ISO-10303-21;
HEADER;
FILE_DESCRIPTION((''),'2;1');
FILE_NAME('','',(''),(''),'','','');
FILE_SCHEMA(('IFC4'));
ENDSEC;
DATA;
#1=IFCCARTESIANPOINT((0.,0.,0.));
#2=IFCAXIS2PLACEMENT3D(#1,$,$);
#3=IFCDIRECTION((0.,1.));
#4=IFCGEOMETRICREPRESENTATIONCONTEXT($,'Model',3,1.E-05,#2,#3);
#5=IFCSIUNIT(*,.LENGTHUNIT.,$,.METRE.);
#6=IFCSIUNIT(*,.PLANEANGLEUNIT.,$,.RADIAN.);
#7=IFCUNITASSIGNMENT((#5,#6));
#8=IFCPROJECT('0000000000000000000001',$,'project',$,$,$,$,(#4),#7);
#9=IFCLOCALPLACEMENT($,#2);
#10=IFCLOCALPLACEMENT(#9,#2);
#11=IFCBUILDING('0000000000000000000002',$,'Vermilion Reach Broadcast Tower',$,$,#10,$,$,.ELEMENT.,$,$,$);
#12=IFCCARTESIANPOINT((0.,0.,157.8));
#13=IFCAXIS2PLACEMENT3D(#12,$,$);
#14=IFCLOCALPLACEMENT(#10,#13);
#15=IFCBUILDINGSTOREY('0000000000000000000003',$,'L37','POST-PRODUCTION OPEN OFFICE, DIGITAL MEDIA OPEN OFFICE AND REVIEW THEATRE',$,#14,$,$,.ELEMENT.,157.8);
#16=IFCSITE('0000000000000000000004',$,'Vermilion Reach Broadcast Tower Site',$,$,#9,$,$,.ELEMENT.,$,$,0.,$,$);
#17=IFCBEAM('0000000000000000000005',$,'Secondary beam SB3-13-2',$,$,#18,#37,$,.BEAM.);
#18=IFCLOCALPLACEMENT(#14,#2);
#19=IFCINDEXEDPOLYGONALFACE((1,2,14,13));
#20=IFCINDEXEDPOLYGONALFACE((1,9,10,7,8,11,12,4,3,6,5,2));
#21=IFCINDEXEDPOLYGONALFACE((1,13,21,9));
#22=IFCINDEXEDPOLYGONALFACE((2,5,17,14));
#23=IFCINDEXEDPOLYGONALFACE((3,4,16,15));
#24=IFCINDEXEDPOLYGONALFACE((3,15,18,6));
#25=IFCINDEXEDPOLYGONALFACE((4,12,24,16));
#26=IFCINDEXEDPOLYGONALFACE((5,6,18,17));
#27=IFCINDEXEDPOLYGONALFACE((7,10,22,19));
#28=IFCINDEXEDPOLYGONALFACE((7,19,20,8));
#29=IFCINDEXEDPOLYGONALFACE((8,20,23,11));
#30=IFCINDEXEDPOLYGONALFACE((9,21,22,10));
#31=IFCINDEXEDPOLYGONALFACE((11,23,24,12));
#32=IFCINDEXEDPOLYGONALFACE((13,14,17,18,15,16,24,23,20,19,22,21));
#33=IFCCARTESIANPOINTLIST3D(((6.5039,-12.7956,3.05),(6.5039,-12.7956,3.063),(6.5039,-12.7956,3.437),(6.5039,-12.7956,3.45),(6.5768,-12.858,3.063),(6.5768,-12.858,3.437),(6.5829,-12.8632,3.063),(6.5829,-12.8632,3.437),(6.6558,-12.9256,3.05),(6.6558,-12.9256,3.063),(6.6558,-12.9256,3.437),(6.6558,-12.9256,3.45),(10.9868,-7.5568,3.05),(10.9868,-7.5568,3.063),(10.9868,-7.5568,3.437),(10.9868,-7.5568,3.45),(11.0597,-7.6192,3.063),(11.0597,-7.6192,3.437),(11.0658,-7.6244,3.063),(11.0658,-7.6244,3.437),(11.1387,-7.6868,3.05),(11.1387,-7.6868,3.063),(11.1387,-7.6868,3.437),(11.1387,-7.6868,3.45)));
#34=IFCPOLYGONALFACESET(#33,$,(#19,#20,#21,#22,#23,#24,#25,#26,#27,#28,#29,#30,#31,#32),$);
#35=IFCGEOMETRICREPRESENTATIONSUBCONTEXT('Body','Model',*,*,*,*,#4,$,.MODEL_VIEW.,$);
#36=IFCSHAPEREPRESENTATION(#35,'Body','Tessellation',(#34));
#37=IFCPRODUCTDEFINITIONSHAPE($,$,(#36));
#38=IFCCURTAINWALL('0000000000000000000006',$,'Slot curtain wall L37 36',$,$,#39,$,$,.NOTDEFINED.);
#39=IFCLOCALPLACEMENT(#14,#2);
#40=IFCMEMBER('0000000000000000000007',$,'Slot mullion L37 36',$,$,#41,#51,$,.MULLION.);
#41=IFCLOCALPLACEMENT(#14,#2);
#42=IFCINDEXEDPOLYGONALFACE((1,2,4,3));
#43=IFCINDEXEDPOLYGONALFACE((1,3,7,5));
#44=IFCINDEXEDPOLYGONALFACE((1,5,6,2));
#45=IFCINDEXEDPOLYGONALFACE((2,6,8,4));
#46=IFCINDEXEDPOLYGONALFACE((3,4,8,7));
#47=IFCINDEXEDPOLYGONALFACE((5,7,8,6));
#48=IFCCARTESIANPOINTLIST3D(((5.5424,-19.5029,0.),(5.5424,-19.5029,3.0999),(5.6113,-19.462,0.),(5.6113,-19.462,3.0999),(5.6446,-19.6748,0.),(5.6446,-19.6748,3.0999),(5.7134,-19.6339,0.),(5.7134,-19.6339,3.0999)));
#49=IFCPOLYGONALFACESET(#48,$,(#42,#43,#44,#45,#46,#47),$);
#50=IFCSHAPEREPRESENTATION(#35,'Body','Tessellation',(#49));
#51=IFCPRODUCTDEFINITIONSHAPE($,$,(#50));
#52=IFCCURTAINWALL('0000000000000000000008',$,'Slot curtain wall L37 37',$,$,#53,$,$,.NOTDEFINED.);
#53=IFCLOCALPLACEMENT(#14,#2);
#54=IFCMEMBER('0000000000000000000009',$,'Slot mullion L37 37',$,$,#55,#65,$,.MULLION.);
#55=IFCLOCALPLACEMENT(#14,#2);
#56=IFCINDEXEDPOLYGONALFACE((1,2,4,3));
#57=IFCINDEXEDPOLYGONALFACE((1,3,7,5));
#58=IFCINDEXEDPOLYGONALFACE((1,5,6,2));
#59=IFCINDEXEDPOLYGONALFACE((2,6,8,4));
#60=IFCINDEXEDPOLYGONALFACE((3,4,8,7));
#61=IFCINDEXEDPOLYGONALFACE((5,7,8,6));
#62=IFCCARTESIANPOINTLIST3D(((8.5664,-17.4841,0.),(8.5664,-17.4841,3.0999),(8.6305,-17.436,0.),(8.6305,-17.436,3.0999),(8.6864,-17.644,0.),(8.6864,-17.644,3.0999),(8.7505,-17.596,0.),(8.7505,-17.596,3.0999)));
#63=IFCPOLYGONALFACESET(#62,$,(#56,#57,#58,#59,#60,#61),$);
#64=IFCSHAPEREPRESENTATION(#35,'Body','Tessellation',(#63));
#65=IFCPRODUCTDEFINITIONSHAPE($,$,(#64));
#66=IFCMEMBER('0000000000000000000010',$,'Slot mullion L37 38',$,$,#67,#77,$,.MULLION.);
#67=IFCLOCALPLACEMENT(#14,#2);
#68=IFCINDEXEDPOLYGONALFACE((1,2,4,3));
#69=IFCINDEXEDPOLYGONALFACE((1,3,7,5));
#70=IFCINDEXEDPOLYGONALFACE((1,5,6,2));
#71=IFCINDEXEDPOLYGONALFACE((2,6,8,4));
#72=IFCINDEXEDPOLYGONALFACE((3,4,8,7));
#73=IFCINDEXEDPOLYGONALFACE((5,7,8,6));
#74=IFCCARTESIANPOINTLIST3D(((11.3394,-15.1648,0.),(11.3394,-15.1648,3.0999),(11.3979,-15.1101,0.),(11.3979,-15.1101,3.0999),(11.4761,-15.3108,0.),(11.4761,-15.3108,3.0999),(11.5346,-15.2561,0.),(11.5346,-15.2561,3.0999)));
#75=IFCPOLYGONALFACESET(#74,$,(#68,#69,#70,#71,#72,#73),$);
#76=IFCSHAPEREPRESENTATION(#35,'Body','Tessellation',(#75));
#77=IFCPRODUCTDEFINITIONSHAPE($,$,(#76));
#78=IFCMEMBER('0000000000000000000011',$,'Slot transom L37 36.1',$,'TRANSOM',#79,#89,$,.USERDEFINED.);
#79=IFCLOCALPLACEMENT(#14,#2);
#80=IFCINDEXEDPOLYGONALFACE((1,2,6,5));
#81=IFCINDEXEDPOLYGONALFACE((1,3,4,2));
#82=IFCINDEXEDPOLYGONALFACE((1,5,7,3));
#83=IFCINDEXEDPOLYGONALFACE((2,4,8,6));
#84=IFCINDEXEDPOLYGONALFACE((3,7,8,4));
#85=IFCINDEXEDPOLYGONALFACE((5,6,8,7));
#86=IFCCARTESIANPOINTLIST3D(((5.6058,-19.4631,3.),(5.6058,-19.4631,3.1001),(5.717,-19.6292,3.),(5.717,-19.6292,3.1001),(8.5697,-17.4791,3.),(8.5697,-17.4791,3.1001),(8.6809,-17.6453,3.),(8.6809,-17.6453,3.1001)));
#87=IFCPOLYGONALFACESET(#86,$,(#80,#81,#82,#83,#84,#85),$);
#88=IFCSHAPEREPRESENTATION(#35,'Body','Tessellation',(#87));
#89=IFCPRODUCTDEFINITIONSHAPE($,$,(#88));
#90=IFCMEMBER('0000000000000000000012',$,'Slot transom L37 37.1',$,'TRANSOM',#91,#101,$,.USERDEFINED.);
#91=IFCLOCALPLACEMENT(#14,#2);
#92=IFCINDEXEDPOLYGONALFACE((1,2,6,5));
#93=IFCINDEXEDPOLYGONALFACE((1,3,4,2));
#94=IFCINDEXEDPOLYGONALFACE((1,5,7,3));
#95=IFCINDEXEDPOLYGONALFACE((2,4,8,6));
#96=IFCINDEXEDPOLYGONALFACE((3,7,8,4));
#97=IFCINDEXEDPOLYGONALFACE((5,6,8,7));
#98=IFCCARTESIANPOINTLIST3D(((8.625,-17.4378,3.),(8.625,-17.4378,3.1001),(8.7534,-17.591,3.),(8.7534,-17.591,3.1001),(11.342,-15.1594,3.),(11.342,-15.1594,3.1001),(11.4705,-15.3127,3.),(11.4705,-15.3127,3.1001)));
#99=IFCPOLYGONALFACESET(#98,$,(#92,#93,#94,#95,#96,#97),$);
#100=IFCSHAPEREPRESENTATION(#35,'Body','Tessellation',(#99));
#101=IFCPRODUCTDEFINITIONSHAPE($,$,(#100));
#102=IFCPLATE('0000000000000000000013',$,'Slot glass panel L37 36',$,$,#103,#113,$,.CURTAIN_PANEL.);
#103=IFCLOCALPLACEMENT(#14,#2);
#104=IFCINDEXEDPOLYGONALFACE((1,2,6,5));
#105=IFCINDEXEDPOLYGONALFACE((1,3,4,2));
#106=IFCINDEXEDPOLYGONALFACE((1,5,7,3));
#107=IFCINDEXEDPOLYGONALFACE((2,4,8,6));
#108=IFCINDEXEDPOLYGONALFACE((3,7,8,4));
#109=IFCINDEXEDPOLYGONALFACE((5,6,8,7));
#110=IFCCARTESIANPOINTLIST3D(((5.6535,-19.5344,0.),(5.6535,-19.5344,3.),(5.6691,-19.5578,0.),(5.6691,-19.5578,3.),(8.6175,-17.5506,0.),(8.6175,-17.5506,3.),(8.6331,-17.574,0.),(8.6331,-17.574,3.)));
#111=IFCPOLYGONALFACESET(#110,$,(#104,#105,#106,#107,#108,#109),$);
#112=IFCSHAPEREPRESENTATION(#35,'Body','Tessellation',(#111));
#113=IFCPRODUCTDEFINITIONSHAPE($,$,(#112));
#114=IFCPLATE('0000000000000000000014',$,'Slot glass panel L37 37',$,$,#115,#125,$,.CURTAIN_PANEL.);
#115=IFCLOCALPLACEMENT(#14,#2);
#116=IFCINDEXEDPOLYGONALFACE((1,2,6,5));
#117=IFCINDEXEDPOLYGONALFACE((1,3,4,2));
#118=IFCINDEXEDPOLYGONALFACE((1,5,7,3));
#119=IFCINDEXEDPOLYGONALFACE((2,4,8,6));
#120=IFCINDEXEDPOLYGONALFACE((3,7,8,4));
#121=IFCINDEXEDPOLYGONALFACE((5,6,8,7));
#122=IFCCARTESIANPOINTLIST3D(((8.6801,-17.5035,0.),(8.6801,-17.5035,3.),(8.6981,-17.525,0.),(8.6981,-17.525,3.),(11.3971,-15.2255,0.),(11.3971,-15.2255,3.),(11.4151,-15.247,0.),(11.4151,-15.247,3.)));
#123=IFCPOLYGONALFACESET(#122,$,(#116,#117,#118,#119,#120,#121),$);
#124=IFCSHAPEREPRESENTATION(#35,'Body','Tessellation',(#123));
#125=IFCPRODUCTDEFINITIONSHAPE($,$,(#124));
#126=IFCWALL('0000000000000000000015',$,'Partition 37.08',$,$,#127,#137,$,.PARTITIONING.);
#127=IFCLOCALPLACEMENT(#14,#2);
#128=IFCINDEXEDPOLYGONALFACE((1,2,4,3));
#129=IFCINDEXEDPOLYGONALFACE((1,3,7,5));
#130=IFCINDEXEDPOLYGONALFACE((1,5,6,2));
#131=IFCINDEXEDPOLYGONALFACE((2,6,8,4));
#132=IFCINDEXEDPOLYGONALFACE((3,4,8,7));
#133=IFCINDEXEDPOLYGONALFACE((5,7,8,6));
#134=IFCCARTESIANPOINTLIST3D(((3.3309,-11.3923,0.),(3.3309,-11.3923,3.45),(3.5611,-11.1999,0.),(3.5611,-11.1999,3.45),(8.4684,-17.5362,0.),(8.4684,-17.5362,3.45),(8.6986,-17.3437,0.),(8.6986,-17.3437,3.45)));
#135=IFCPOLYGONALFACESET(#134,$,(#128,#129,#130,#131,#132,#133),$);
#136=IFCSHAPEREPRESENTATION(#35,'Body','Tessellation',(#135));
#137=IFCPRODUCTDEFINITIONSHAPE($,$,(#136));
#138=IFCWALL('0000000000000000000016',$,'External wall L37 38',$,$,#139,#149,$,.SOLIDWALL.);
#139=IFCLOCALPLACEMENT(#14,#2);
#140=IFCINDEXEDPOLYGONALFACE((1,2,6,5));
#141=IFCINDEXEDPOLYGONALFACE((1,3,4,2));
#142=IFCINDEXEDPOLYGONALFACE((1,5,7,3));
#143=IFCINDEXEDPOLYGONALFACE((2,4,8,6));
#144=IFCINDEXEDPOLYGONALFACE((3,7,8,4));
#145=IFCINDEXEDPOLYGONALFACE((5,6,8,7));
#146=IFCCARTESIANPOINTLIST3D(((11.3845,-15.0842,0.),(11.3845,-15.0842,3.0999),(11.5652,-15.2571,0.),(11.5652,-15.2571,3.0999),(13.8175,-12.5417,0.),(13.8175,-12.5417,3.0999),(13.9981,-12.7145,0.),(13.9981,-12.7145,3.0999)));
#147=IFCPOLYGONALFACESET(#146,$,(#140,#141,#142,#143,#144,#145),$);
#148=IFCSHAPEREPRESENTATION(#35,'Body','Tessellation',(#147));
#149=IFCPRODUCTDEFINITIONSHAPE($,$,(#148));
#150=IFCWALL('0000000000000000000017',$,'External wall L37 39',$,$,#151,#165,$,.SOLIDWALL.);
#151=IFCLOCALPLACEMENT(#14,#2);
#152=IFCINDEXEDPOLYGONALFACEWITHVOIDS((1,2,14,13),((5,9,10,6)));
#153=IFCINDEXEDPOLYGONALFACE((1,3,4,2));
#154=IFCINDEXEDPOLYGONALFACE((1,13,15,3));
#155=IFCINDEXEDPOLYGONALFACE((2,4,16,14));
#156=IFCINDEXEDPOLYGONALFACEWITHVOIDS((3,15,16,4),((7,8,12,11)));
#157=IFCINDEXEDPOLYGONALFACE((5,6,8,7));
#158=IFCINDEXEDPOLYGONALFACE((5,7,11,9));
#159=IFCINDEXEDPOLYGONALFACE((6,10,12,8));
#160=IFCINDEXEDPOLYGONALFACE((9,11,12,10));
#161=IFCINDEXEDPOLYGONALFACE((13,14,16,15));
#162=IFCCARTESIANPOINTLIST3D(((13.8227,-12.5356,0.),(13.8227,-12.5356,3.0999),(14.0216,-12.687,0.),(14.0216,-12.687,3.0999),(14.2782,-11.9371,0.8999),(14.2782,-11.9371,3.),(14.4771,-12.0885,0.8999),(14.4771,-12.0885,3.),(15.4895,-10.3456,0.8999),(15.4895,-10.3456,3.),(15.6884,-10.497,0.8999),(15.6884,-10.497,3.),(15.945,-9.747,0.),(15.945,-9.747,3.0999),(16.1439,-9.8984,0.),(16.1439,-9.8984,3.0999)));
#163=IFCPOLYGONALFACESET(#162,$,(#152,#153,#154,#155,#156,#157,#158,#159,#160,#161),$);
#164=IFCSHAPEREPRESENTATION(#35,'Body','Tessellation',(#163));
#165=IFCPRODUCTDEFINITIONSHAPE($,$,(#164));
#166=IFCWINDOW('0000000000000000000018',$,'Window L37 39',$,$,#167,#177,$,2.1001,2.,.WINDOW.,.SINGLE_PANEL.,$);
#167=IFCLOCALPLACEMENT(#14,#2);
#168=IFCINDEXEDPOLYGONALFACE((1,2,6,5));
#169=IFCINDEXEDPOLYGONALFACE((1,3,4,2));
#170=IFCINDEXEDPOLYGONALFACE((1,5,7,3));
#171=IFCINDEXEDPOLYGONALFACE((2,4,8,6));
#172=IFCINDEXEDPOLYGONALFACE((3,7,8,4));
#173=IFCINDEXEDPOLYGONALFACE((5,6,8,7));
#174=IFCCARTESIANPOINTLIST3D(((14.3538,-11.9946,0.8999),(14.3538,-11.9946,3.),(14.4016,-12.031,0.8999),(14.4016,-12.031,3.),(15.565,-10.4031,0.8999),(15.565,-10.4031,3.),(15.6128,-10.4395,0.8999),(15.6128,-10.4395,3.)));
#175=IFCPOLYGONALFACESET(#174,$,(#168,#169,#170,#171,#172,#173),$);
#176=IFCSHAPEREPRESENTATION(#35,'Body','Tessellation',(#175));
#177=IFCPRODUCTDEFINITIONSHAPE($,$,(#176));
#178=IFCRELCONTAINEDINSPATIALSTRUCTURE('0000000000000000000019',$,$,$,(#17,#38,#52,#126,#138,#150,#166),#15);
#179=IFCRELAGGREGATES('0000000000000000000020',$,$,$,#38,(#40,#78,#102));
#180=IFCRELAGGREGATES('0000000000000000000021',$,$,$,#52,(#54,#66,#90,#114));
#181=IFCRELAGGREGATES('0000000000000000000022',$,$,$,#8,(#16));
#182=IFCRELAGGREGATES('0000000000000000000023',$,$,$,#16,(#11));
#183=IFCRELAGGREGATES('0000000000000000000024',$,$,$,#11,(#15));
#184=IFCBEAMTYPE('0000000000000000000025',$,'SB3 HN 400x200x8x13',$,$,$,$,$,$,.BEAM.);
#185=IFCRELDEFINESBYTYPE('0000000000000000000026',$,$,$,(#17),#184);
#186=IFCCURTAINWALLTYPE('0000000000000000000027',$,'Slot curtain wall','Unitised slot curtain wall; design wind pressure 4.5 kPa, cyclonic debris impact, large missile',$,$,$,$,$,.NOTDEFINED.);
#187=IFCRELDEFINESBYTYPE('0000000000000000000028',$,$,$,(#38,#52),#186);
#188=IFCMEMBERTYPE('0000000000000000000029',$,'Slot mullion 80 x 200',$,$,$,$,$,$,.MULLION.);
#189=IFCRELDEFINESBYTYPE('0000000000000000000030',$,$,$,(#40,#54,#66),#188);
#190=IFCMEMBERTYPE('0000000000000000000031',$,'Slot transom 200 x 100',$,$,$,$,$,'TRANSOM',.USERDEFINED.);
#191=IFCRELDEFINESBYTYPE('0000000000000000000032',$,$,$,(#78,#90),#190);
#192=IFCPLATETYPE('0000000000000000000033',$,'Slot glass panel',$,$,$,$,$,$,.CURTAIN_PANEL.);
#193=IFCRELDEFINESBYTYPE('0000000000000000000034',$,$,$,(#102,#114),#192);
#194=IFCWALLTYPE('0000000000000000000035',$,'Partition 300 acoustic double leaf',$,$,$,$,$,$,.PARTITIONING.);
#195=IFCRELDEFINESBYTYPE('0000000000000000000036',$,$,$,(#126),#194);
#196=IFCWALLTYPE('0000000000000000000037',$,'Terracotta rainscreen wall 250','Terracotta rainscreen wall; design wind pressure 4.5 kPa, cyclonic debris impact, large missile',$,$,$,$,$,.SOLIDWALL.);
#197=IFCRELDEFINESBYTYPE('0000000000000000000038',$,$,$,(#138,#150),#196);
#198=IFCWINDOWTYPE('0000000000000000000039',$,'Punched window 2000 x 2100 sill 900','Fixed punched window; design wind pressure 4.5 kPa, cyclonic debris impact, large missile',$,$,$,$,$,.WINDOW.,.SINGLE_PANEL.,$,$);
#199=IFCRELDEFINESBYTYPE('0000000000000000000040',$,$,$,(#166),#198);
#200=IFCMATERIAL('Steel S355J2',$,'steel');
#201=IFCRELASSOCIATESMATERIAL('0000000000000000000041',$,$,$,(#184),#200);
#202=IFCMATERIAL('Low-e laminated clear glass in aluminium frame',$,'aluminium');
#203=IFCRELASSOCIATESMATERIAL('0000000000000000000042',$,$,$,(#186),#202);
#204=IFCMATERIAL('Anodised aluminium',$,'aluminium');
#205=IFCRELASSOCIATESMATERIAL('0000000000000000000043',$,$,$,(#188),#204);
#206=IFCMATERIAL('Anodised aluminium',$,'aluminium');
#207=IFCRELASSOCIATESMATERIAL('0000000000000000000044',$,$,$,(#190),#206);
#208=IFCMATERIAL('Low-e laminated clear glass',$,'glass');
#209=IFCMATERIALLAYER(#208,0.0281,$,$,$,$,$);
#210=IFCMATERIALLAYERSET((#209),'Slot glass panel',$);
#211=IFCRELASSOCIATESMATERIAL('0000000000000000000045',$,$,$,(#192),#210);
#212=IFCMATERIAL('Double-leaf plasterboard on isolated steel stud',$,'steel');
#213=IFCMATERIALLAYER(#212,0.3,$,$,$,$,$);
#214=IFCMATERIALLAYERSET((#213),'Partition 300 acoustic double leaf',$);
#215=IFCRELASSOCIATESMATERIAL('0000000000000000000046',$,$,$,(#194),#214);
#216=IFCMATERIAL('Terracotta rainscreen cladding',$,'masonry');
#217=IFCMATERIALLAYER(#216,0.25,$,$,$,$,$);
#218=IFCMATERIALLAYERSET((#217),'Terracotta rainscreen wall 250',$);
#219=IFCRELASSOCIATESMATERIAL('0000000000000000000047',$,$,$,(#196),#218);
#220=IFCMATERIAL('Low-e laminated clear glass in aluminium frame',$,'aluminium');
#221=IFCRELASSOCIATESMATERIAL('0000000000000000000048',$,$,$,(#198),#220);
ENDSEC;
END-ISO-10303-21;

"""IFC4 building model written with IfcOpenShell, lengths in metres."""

from ifc_helpers import new_model, si_unit, direction, frame, frame_2d, origin, origin_2d, place, context, subcontext, project, spatial, rectangle, i_section, extrude, material, layer, layer_set, material_profile, profile_set, type_object, element, fill, aggregate, save


model = new_model("IFC4")

# Units and contexts
model_context = context("Model", 3, precision=1e-05, world=origin(), true_north=direction((0.0, 1.0)))
body_context = subcontext(model_context, "Body", "Model", "MODEL_VIEW")
ifc_project = project(units=[si_unit("LENGTHUNIT", "METRE"), si_unit("PLANEANGLEUNIT", "RADIAN")], contexts=[model_context])

# Site, building, storey
site_placement = place(None, origin())
site = spatial("IfcSite", under=ifc_project, at=site_placement, Name="Vermilion Reach Broadcast Tower Site", CompositionType="ELEMENT", RefElevation=0.0)
building_placement = place(site_placement, origin())
building = spatial("IfcBuilding", under=site, at=building_placement, Name="Vermilion Reach Broadcast Tower", CompositionType="ELEMENT")
storey_placement = place(building_placement, frame((0.0, 0.0, 157.8)))
storey = spatial("IfcBuildingStorey", under=building, at=storey_placement, Name="L37", Description="POST-PRODUCTION OPEN OFFICE, DIGITAL MEDIA OPEN OFFICE AND REVIEW THEATRE", CompositionType="ELEMENT", Elevation=157.8)

# Beam
ifc_material_1 = material(Name="Steel S355J2", Category="steel")
ifc_material_profile_1 = material_profile(ifc_material_1, i_section(OverallWidth=0.2, OverallDepth=0.3999, WebThickness=0.0081, FlangeThickness=0.0129, at=origin_2d()), Name="S355J2 HN 400x200x8x13")
ifc_profile_set_1 = profile_set([ifc_material_profile_1], Name="Steel S355J2")
beam_type_1 = type_object("IfcBeamType", Name="SB3 HN 400x200x8x13", PredefinedType="BEAM", material=ifc_profile_set_1)
beam_1_placement = place(storey_placement, frame((6.5798, -12.8606, 3.25), z_axis=(0.650167, 0.759791, 0.0), x_axis=(-0.759791, 0.650167, 0.0)))
element("IfcBeam", 1, at=beam_1_placement, inside=storey, type_object=beam_type_1, Name="Secondary beam SB3-13-2", PredefinedType="BEAM", context=body_context, shape_type="SweptSolid", body=[
    extrude(i_section(OverallWidth=0.2, OverallDepth=0.3999, WebThickness=0.0081, FlangeThickness=0.0129, at=origin_2d()), origin(), (0.0, 0.0, 1.0), 6.895),
])

# Curtain wall, member
ifc_material_2 = material(Name="Low-e laminated clear glass in aluminium frame", Category="aluminium")
curtain_wall_type = type_object("IfcCurtainWallType", Name="Slot curtain wall", Description="Unitised slot curtain wall; design wind pressure 4.5 kPa, cyclonic debris impact, large missile", PredefinedType="NOTDEFINED", material=ifc_material_2)
placement = place(storey_placement, origin())
curtain_wall_1 = element("IfcCurtainWall", 2, at=placement, inside=storey, type_object=curtain_wall_type, Name="Slot curtain wall L37 36", PredefinedType="NOTDEFINED")
ifc_material_3 = material(Name="Anodised aluminium", Category="aluminium")
ifc_material_profile_2 = material_profile(ifc_material_3, rectangle(XDim=0.2, YDim=0.0801, at=origin_2d()), Name="Slot mullion 80 x 200")
ifc_profile_set_2 = profile_set([ifc_material_profile_2], Name="Anodised aluminium")
member_type_1 = type_object("IfcMemberType", Name="Slot mullion 80 x 200", PredefinedType="MULLION", material=ifc_profile_set_2)
member_1_placement = place(storey_placement, frame((5.6279, -19.5684, 0.0), z_axis=(0.0, 0.0, 1.0), x_axis=(-0.510843, 0.859674, 0.0)))
member_1 = element("IfcMember", 3, at=member_1_placement, type_object=member_type_1, Name="Slot mullion L37 36", PredefinedType="MULLION", context=body_context, shape_type="SweptSolid", body=[
    extrude(rectangle(XDim=0.2, YDim=0.0801, at=origin_2d()), origin(), (0.0, 0.0, 1.0), 3.0999),
])

# Curtain wall, members
curtain_wall_2 = element("IfcCurtainWall", 4, at=placement, inside=storey, type_object=curtain_wall_type, Name="Slot curtain wall L37 37", PredefinedType="NOTDEFINED")
member_2_placement = place(storey_placement, frame((8.6584, -17.54, 0.0), z_axis=(0.0, 0.0, 1.0), x_axis=(-0.600224, 0.799832, 0.0)))
member_2 = element("IfcMember", 5, at=member_2_placement, type_object=member_type_1, Name="Slot mullion L37 37", PredefinedType="MULLION", context=body_context, shape_type="SweptSolid", body=[
    extrude(rectangle(XDim=0.2, YDim=0.0801, at=origin_2d()), origin(), (0.0, 0.0, 1.0), 3.0999),
])
member_3_placement = place(storey_placement, frame((11.437, -15.2104, 0.0), z_axis=(0.0, 0.0, 1.0), x_axis=(-0.683541, 0.729912, 0.0)))
member_3 = element("IfcMember", 6, at=member_3_placement, type_object=member_type_1, Name="Slot mullion L37 38", PredefinedType="MULLION", context=body_context, shape_type="SweptSolid", body=[
    extrude(rectangle(XDim=0.2, YDim=0.0801, at=origin_2d()), origin(), (0.0, 0.0, 1.0), 3.0999),
])

# Members
ifc_material_4 = material(Name="Anodised aluminium", Category="aluminium")
ifc_material_profile_3 = material_profile(ifc_material_4, rectangle(XDim=0.2, YDim=0.1001, at=origin_2d()), Name="Slot transom 200 x 100")
ifc_profile_set_3 = profile_set([ifc_material_profile_3], Name="Anodised aluminium")
member_type_2 = type_object("IfcMemberType", Name="Slot transom 200 x 100", ElementType="TRANSOM", PredefinedType="USERDEFINED", material=ifc_profile_set_3)
member_4_placement = place(storey_placement, frame((5.6614, -19.5461, 3.05), z_axis=(0.831017, 0.556247, 0.0), x_axis=(-0.556247, 0.831017, 0.0)))
member_4 = element("IfcMember", 7, at=member_4_placement, type_object=member_type_2, Name="Slot transom L37 36.1", ObjectType="TRANSOM", PredefinedType="USERDEFINED", context=body_context, shape_type="SweptSolid", body=[
    extrude(rectangle(XDim=0.2, YDim=0.1001, at=origin_2d()), origin(), (0.0, 0.0, 1.0), 3.5667),
])
member_5_placement = place(storey_placement, frame((8.6892, -17.5144, 3.05), z_axis=(0.766259, 0.642531, 0.0), x_axis=(-0.642531, 0.766259, 0.0)))
member_5 = element("IfcMember", 8, at=member_5_placement, type_object=member_type_2, Name="Slot transom L37 37.1", ObjectType="TRANSOM", PredefinedType="USERDEFINED", context=body_context, shape_type="SweptSolid", body=[
    extrude(rectangle(XDim=0.2, YDim=0.1001, at=origin_2d()), origin(), (0.0, 0.0, 1.0), 3.5459),
])

# Plates
ifc_material_5 = material(Name="Low-e laminated clear glass", Category="glass")
ifc_layer_1 = layer(ifc_material_5, 0.0281)
ifc_layer_set_1 = layer_set([ifc_layer_1], Name="Slot glass panel")
plate_type = type_object("IfcPlateType", Name="Slot glass panel", PredefinedType="CURTAIN_PANEL", material=ifc_layer_set_1)
plate_1_placement = place(storey_placement, frame((7.1433, -18.5542, 0.0), z_axis=(0.0, 0.0, 1.0), x_axis=(0.83104, 0.556213, 0.0)))
plate_1 = element("IfcPlate", 9, at=plate_1_placement, type_object=plate_type, Name="Slot glass panel L37 36", PredefinedType="CURTAIN_PANEL", context=body_context, shape_type="SweptSolid", body=[
    extrude(rectangle(XDim=3.5667, YDim=0.0281, at=origin_2d()), origin(), (0.0, 0.0, 1.0), 3.0),
])
aggregate(curtain_wall_1, [member_1, member_4, plate_1])
plate_2_placement = place(storey_placement, frame((10.0476, -16.3752, 0.0), z_axis=(0.0, 0.0, 1.0), x_axis=(0.766296, 0.642487, 0.0)))
plate_2 = element("IfcPlate", 10, at=plate_2_placement, type_object=plate_type, Name="Slot glass panel L37 37", PredefinedType="CURTAIN_PANEL", context=body_context, shape_type="SweptSolid", body=[
    extrude(rectangle(XDim=3.5457, YDim=0.0281, at=origin_2d()), origin(), (0.0, 0.0, 1.0), 3.0),
])
aggregate(curtain_wall_2, [member_2, member_3, member_5, plate_2])

# Walls
ifc_material_6 = material(Name="Double-leaf plasterboard on isolated steel stud", Category="steel")
ifc_layer_2 = layer(ifc_material_6, 0.3)
ifc_layer_set_2 = layer_set([ifc_layer_2], Name="Partition 300 acoustic double leaf")
wall_type_1 = type_object("IfcWallType", Name="Partition 300 acoustic double leaf", PredefinedType="PARTITIONING", material=ifc_layer_set_2)
wall_1_placement = place(storey_placement, frame((8.5835, -17.4399, 0.0), z_axis=(0.0, 0.0, 1.0), x_axis=(-0.641482, 0.767138, 0.0)))
element("IfcWall", 11, at=wall_1_placement, inside=storey, type_object=wall_type_1, Name="Partition 37.08", PredefinedType="PARTITIONING", context=body_context, shape_type="SweptSolid", body=[
    extrude(rectangle(XDim=8.0088, YDim=0.3, at=frame_2d((4.0044, 0.0))), origin(), (0.0, 0.0, 1.0), 3.45),
])
ifc_material_7 = material(Name="Terracotta rainscreen cladding", Category="masonry")
ifc_layer_3 = layer(ifc_material_7, 0.25)
ifc_layer_set_3 = layer_set([ifc_layer_3], Name="Terracotta rainscreen wall 250")
wall_type_2 = type_object("IfcWallType", Name="Terracotta rainscreen wall 250", Description="Terracotta rainscreen wall; design wind pressure 4.5 kPa, cyclonic debris impact, large missile", PredefinedType="SOLIDWALL", material=ifc_layer_set_3)
wall_2_placement = place(storey_placement, frame((11.4749, -15.1707, 0.0), z_axis=(0.0, 0.0, 1.0), x_axis=(0.69136, 0.722511, 0.0)))
element("IfcWall", 12, at=wall_2_placement, inside=storey, type_object=wall_type_2, Name="External wall L37 38", PredefinedType="SOLIDWALL", context=body_context, shape_type="SweptSolid", body=[
    extrude(rectangle(XDim=3.519, YDim=0.25, at=frame_2d((1.7595, 0.0))), origin(), (0.0, 0.0, 1.0), 3.0999),
])

# Wall, opening, window
wall_3_placement = place(storey_placement, frame((13.9221, -12.6113, 0.0), z_axis=(0.0, 0.0, 1.0), x_axis=(0.605625, 0.79575, 0.0)))
wall_3 = element("IfcWall", 13, at=wall_3_placement, inside=storey, type_object=wall_type_2, Name="External wall L37 39", PredefinedType="SOLIDWALL", context=body_context, shape_type="SweptSolid", body=[
    extrude(rectangle(XDim=3.5044, YDim=0.25, at=frame_2d((1.7522, 0.0))), origin(), (0.0, 0.0, 1.0), 3.0999),
])
opening_1_placement = place(wall_3_placement, frame((0.7522, 0.0, 0.8999)))
opening_1 = element("IfcOpeningElement", 14, at=opening_1_placement, cuts=wall_3, PredefinedType="OPENING", context=body_context, shape_type="SweptSolid", body=[
    extrude(rectangle(XDim=2.0, YDim=2.1001, at=frame_2d((1.0, 1.05))), frame((0.0, 0.135, 0.0), z_axis=(0.0, -1.0, 0.0), x_axis=(1.0, 0.0, 0.0)), (0.0, 0.0, 1.0), 0.27),
])
ifc_material_8 = material(Name="Low-e laminated clear glass in aluminium frame", Category="aluminium")
window_type = type_object("IfcWindowType", Name="Punched window 2000 x 2100 sill 900", Description="Fixed punched window; design wind pressure 4.5 kPa, cyclonic debris impact, large missile", PartitioningType="SINGLE_PANEL", PredefinedType="WINDOW", material=ifc_material_8)
window_placement = place(opening_1_placement, origin())
window = element("IfcWindow", 15, at=window_placement, inside=storey, type_object=window_type, Name="Window L37 39", OverallHeight=2.1001, OverallWidth=2.0, PartitioningType="SINGLE_PANEL", PredefinedType="WINDOW", context=body_context, shape_type="SweptSolid", body=[
    extrude(rectangle(XDim=2.0, YDim=2.1001, at=frame_2d((1.0, 1.05))), frame((0.0, 0.03, 0.0), z_axis=(0.0, -1.0, 0.0), x_axis=(1.0, 0.0, 0.0)), (0.0, 0.0, 1.0), 0.0601),
])
fill(opening_1, window)

save(model, "model.ifc")
